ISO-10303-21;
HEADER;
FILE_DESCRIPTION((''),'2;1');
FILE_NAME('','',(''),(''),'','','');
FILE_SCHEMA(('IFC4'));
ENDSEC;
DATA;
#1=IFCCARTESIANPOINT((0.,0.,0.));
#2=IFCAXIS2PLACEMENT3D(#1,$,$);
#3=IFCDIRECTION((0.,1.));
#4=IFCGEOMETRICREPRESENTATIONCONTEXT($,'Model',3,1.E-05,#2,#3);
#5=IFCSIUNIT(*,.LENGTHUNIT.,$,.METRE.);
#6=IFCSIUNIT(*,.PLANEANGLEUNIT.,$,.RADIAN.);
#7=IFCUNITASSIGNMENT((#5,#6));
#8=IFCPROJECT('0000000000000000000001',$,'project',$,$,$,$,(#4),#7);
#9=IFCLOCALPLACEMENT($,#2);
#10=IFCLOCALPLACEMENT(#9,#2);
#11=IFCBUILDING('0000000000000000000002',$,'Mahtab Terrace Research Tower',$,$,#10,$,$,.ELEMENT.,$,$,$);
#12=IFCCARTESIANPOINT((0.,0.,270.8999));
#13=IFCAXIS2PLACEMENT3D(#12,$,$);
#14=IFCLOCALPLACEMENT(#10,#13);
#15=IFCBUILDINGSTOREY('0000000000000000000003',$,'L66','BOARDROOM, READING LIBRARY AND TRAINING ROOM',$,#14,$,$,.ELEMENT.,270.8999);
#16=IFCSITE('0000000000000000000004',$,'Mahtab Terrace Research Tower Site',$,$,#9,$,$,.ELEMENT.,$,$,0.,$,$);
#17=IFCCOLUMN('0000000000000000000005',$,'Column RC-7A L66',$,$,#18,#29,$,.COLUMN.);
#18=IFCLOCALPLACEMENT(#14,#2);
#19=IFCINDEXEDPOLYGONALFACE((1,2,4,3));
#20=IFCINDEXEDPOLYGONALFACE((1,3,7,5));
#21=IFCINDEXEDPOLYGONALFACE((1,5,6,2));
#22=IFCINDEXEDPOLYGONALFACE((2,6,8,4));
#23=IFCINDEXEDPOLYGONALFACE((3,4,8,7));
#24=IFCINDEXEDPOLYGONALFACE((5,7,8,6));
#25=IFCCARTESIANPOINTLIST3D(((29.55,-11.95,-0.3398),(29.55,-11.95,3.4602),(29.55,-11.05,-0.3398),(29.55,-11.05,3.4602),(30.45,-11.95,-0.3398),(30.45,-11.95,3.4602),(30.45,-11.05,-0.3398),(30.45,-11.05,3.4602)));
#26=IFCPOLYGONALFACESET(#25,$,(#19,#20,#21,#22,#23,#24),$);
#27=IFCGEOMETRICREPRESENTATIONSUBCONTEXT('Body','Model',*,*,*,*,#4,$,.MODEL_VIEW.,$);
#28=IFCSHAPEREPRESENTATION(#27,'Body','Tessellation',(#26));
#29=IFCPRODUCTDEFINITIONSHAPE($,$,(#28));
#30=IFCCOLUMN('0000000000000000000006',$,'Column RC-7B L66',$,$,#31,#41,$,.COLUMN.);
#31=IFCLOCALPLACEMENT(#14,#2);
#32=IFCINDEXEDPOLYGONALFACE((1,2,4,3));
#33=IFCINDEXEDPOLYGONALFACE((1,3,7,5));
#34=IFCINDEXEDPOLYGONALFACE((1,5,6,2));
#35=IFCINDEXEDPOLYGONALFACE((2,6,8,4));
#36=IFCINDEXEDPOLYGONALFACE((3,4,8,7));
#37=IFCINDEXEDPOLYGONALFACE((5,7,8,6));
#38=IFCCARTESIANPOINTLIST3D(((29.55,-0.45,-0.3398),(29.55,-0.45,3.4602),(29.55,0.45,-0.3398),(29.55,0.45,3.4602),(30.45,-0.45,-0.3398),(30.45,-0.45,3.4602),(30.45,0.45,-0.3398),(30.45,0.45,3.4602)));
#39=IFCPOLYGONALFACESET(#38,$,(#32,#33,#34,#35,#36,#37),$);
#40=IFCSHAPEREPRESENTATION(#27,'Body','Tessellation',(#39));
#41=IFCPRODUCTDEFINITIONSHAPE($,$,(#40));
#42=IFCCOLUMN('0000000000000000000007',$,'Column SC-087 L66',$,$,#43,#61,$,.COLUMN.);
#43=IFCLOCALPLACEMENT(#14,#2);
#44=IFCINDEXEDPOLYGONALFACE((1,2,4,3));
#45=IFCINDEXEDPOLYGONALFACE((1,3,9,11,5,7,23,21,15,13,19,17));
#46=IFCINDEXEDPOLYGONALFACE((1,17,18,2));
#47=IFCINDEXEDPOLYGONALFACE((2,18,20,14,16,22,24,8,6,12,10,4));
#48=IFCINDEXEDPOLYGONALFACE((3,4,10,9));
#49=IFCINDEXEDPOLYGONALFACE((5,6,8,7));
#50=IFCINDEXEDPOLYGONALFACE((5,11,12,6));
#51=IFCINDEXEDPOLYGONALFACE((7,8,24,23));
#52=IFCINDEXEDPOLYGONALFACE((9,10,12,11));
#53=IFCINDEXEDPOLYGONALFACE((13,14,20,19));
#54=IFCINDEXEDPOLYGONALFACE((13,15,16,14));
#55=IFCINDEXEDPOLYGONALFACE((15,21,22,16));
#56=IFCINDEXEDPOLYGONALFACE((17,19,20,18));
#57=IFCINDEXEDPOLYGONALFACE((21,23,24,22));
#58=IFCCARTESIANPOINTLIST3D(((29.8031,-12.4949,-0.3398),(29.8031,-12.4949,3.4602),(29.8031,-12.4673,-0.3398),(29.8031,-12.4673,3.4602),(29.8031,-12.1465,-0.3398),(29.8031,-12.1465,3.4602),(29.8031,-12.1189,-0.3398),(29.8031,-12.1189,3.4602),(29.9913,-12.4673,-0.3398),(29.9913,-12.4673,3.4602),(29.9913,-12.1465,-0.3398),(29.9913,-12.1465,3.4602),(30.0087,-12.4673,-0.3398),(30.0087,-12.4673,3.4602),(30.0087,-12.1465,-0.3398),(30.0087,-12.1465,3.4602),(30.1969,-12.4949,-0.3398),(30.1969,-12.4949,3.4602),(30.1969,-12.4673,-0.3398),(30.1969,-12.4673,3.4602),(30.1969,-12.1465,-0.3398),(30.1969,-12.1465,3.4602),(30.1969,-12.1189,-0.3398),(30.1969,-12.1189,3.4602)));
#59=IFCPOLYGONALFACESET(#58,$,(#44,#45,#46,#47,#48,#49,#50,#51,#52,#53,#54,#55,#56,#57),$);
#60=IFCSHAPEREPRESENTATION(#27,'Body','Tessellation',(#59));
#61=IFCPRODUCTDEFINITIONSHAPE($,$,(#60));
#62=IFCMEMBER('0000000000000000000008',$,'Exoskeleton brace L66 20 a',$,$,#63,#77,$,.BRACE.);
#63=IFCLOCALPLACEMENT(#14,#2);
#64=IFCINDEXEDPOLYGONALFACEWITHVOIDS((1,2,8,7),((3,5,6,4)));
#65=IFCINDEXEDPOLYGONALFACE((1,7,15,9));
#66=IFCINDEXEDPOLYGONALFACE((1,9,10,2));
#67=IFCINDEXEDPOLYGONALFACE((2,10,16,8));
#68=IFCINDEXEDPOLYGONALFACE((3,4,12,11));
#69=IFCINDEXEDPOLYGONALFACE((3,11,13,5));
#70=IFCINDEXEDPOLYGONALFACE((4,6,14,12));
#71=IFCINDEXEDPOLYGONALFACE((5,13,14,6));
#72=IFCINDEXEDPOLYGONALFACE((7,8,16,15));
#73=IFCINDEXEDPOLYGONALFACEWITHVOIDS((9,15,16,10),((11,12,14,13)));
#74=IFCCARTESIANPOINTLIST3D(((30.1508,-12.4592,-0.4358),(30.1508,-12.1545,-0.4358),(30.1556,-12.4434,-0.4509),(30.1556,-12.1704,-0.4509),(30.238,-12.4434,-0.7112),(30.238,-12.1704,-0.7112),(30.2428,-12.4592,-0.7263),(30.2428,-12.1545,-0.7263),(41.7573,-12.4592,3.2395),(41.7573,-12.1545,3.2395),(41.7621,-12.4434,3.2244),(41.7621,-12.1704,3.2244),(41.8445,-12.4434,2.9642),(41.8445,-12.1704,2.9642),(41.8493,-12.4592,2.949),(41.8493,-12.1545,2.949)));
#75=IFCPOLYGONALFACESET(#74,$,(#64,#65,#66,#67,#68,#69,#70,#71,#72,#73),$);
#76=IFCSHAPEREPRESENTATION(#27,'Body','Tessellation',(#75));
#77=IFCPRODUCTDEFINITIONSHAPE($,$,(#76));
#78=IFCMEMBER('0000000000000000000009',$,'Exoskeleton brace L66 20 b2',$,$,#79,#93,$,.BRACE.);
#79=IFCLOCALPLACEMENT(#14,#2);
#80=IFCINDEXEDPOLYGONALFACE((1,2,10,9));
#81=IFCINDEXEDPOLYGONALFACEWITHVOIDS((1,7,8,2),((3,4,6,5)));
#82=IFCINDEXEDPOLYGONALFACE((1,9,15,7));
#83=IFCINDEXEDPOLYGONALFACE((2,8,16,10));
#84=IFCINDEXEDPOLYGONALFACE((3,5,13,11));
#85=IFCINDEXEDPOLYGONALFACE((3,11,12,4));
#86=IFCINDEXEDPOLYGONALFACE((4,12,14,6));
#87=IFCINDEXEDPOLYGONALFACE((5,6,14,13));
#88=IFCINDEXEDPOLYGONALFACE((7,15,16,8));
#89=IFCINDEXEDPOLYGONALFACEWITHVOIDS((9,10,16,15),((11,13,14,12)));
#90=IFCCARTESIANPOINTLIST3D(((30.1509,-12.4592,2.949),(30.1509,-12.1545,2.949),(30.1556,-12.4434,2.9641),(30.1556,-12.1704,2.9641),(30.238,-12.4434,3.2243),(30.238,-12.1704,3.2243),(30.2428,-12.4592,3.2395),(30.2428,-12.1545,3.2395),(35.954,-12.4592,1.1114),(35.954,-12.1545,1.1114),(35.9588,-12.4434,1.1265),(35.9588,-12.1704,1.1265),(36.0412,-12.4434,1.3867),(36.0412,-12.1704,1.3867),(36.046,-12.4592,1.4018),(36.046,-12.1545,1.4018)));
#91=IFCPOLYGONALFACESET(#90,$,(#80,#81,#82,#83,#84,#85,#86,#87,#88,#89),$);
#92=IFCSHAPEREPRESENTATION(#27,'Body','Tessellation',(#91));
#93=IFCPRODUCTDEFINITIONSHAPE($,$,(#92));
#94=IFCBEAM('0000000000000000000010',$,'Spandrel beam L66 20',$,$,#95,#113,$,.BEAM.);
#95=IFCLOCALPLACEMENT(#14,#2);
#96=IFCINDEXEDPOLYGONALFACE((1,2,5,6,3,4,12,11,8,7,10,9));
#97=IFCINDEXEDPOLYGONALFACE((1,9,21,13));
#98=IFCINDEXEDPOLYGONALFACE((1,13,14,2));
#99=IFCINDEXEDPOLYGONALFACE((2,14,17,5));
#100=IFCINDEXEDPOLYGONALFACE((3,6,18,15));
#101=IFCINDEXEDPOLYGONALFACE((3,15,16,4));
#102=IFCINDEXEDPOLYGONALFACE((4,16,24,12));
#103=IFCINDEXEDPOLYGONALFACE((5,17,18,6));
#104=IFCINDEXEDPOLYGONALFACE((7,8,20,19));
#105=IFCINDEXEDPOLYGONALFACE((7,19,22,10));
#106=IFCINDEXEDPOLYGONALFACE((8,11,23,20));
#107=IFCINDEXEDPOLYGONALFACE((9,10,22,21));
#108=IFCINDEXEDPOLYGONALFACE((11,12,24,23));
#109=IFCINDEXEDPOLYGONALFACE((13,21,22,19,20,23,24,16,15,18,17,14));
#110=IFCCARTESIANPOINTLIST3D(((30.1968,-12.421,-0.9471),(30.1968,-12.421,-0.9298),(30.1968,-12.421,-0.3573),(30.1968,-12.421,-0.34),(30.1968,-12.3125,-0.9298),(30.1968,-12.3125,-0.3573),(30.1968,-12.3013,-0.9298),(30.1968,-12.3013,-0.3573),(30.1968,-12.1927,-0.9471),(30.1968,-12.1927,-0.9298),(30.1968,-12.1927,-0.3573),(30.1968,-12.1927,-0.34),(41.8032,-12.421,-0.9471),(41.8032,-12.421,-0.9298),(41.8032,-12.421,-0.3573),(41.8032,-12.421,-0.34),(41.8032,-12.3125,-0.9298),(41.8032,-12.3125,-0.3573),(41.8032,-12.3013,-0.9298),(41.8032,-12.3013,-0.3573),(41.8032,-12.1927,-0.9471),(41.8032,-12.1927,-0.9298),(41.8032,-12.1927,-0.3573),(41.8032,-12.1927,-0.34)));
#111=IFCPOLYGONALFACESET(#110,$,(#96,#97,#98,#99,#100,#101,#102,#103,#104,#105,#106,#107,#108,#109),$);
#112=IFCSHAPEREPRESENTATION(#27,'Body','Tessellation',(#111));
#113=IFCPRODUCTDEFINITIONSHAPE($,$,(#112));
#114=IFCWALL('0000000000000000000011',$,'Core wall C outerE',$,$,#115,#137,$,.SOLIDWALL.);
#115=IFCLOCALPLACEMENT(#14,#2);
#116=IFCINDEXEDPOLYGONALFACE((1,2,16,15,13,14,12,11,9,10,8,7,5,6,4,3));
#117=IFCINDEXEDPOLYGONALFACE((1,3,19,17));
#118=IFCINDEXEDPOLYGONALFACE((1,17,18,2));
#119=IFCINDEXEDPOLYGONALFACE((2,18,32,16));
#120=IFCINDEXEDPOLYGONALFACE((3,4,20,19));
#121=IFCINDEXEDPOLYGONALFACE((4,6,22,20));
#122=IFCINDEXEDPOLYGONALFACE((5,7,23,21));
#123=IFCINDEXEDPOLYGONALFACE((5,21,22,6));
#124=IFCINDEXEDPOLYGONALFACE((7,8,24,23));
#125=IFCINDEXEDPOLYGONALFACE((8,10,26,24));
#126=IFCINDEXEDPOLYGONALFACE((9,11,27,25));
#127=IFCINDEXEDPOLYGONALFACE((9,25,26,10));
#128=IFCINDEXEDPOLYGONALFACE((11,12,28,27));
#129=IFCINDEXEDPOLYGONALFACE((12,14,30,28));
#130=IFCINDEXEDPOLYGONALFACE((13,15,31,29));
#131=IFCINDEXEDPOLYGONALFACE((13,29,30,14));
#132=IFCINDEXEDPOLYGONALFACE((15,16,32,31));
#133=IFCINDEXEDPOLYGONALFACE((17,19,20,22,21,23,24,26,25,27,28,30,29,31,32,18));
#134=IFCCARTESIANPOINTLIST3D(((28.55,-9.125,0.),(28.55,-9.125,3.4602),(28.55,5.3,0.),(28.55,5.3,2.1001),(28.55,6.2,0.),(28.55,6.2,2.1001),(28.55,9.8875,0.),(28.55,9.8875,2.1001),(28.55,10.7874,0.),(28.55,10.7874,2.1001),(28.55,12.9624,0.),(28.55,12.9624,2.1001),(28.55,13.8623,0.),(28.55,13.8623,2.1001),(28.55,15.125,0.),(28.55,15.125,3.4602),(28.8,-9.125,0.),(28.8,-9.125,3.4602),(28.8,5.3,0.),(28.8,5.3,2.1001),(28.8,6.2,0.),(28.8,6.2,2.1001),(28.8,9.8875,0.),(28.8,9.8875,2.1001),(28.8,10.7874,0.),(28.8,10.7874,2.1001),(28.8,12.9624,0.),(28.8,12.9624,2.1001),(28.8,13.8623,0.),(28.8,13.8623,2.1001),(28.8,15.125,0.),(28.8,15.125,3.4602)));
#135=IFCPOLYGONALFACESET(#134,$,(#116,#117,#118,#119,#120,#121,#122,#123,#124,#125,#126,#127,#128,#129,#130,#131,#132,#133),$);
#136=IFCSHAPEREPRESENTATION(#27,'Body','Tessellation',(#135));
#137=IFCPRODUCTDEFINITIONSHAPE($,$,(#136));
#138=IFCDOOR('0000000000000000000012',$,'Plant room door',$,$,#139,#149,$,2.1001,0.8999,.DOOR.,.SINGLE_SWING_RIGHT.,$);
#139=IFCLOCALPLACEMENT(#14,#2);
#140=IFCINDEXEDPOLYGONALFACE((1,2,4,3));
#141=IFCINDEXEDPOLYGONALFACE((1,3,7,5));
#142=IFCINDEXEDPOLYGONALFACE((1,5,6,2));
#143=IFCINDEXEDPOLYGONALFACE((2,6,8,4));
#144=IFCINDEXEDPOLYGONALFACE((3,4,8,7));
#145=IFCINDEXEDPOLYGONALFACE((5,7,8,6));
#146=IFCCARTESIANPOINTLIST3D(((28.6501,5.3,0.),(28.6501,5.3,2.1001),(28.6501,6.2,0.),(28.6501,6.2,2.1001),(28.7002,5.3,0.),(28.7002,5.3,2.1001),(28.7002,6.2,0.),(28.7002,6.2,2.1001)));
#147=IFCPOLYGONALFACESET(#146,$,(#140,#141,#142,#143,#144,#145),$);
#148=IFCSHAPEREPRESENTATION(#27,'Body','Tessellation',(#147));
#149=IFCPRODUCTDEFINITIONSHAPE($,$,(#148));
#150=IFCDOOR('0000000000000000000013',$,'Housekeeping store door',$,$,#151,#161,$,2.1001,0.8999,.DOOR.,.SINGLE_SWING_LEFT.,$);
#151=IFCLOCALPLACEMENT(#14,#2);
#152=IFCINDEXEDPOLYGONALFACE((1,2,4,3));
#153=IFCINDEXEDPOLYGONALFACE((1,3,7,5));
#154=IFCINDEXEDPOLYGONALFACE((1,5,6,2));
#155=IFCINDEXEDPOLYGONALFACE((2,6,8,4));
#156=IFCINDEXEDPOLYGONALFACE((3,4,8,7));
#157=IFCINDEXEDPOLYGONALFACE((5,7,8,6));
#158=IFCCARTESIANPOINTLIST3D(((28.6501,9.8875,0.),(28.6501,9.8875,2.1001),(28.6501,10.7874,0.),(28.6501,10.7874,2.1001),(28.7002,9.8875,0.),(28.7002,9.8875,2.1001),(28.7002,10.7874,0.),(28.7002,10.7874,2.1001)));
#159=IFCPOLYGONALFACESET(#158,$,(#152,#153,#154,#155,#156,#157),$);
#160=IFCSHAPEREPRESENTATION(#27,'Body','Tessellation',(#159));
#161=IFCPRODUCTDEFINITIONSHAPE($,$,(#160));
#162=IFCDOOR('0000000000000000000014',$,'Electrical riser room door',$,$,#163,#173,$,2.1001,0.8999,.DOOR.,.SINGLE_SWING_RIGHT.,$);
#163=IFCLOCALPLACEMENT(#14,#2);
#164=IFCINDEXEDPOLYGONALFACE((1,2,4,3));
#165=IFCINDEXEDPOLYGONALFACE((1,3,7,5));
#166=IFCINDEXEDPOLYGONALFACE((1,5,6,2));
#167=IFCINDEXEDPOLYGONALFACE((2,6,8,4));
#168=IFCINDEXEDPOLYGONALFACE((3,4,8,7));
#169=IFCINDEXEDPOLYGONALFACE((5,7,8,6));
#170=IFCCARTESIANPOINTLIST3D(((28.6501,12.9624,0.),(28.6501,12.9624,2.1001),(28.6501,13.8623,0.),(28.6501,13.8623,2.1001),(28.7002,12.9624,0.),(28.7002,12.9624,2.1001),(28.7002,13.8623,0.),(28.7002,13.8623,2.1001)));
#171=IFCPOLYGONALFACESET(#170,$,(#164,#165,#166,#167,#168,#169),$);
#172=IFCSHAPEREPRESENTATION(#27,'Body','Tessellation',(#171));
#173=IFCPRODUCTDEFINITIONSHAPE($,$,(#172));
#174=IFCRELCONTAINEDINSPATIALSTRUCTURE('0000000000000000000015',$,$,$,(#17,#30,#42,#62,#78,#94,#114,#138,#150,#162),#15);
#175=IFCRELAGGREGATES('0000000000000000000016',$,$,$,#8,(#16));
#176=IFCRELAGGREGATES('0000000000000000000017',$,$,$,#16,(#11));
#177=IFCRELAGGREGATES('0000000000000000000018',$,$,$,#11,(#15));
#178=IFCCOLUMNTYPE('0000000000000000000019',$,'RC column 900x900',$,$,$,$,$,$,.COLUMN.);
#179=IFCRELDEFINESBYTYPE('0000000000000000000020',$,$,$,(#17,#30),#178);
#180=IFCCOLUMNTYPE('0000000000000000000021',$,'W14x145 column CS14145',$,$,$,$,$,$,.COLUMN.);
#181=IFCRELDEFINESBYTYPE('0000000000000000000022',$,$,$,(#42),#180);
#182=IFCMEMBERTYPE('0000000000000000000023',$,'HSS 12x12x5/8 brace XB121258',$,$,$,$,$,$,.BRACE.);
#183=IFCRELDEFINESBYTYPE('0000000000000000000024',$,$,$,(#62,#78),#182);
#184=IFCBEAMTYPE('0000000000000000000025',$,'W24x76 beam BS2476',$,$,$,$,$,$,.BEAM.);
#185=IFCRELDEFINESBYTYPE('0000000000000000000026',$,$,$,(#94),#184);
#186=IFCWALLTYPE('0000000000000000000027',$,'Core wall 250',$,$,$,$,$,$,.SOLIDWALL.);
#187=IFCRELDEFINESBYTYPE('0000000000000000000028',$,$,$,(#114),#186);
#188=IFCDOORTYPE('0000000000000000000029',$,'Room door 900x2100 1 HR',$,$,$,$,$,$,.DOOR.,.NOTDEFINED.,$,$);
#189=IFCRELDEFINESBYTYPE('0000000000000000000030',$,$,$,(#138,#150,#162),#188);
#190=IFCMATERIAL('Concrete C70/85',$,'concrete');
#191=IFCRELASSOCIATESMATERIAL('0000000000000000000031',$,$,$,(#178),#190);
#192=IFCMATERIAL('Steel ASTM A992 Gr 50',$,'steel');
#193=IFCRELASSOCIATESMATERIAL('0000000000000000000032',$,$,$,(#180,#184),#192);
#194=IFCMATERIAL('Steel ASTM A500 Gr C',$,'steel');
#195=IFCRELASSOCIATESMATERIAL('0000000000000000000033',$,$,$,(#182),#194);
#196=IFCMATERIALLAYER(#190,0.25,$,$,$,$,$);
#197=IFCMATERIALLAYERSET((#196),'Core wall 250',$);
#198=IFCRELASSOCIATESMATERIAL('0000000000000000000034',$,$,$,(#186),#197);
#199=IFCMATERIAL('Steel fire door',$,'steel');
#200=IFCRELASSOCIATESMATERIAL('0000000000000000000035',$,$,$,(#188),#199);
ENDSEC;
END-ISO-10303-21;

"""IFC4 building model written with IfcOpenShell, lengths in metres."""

from ifc_helpers import new_model, si_unit, direction, frame, frame_2d, origin, origin_2d, place, context, subcontext, project, spatial, rectangle, hollow_rectangle, i_section, extrude, material, layer, layer_set, material_profile, profile_set, type_object, element, fill, save


model = new_model("IFC4")

# Units and contexts
model_context = context("Model", 3, precision=1e-05, world=origin(), true_north=direction((0.0, 1.0)))
body_context = subcontext(model_context, "Body", "Model", "MODEL_VIEW")
ifc_project = project(units=[si_unit("LENGTHUNIT", "METRE"), si_unit("PLANEANGLEUNIT", "RADIAN")], contexts=[model_context])

# Site, building, storey
site_placement = place(None, origin())
site = spatial("IfcSite", under=ifc_project, at=site_placement, Name="Mahtab Terrace Research Tower Site", CompositionType="ELEMENT", RefElevation=0.0)
building_placement = place(site_placement, origin())
building = spatial("IfcBuilding", under=site, at=building_placement, Name="Mahtab Terrace Research Tower", CompositionType="ELEMENT")
storey_placement = place(building_placement, frame((0.0, 0.0, 270.8999)))
storey = spatial("IfcBuildingStorey", under=building, at=storey_placement, Name="L66", Description="BOARDROOM, READING LIBRARY AND TRAINING ROOM", CompositionType="ELEMENT", Elevation=270.8999)

# Columns
ifc_material_1 = material(Name="Concrete C70/85", Category="concrete")
ifc_material_profile_1 = material_profile(ifc_material_1, rectangle(XDim=0.8999, YDim=0.8999, at=origin_2d()), Name="RC column 900x900")
ifc_profile_set_1 = profile_set([ifc_material_profile_1], Name="Concrete C70/85")
column_type_1 = type_object("IfcColumnType", Name="RC column 900x900", PredefinedType="COLUMN", material=ifc_profile_set_1)
for number, where, z_axis, x_axis, name in (
    (1, (30.0, -11.5, -0.3398), (0.0, 0.0, 1.0), (1.0, 0.0, 0.0), "Column RC-7A L66"),
    (2, (30.0, 0.0, -0.3398), (0.0, 0.0, 1.0), (1.0, 0.0, 0.0), "Column RC-7B L66"),
):
    element("IfcColumn", number, at=place(storey_placement, frame(where, z_axis=z_axis, x_axis=x_axis)), inside=storey, type_object=column_type_1, Name=name, PredefinedType="COLUMN", context=body_context, shape_type="SweptSolid", body=[
        extrude(rectangle(XDim=0.8999, YDim=0.8999, at=origin_2d()), origin(), (0.0, 0.0, 1.0), 3.8),
    ])
ifc_material_2 = material(Name="Steel ASTM A992 Gr 50", Category="steel")
ifc_material_profile_2 = material_profile(ifc_material_2, i_section(OverallWidth=0.3938, OverallDepth=0.376, WebThickness=0.0173, FlangeThickness=0.0276, at=origin_2d()), Name="W14X145")
ifc_profile_set_2 = profile_set([ifc_material_profile_2], Name="Steel ASTM A992 Gr 50")
column_type_2 = type_object("IfcColumnType", Name="W14x145 column CS14145", PredefinedType="COLUMN", material=ifc_profile_set_2)
column_placement = place(storey_placement, frame((30.0, -12.3069, -0.3398), z_axis=(0.0, 0.0, 1.0), x_axis=(1.0, 0.0, 0.0)))
element("IfcColumn", 3, at=column_placement, inside=storey, type_object=column_type_2, Name="Column SC-087 L66", PredefinedType="COLUMN", context=body_context, shape_type="SweptSolid", body=[
    extrude(i_section(OverallWidth=0.3938, OverallDepth=0.376, WebThickness=0.0173, FlangeThickness=0.0276, at=origin_2d()), origin(), (0.0, 0.0, 1.0), 3.8),
])

# Members
ifc_material_3 = material(Name="Steel ASTM A500 Gr C", Category="steel")
ifc_material_profile_3 = material_profile(ifc_material_3, hollow_rectangle(XDim=0.3047, YDim=0.3047, WallThickness=0.0159, at=origin_2d()), Name="HSS12X12X5/8")
ifc_profile_set_3 = profile_set([ifc_material_profile_3], Name="Steel ASTM A500 Gr C")
member_type = type_object("IfcMemberType", Name="HSS 12x12x5/8 brace XB121258", PredefinedType="BRACE", material=ifc_profile_set_3)
member_1_placement = place(storey_placement, frame((30.1968, -12.3069, -0.5811), z_axis=(0.953344, 0.0, 0.301886), x_axis=(0.0, 1.0, 0.0)))
element("IfcMember", 4, at=member_1_placement, inside=storey, type_object=member_type, Name="Exoskeleton brace L66 20 a", PredefinedType="BRACE", context=body_context, shape_type="SweptSolid", body=[
    extrude(hollow_rectangle(XDim=0.3047, YDim=0.3047, WallThickness=0.0159, at=origin_2d()), origin(), (0.0, 0.0, 1.0), 12.1746),
])
member_2_placement = place(storey_placement, frame((36.0, -12.3069, 1.2566), z_axis=(-0.953344, 0.0, 0.301886), x_axis=(0.0, -1.0, 0.0)))
element("IfcMember", 5, at=member_2_placement, inside=storey, type_object=member_type, Name="Exoskeleton brace L66 20 b2", PredefinedType="BRACE", context=body_context, shape_type="SweptSolid", body=[
    extrude(hollow_rectangle(XDim=0.3047, YDim=0.3047, WallThickness=0.0159, at=origin_2d()), origin(), (0.0, 0.0, 1.0), 6.0872),
])

# Beam
ifc_material_profile_4 = material_profile(ifc_material_2, i_section(OverallWidth=0.2283, OverallDepth=0.6072, WebThickness=0.0112, FlangeThickness=0.0173, at=origin_2d()), Name="W24X76")
ifc_profile_set_4 = profile_set([ifc_material_profile_4], Name="Steel ASTM A992 Gr 50")
beam_type = type_object("IfcBeamType", Name="W24x76 beam BS2476", PredefinedType="BEAM", material=ifc_profile_set_4)
beam_placement = place(storey_placement, frame((30.1968, -12.3069, -0.6436), z_axis=(1.0, 0.0, 0.0), x_axis=(0.0, 1.0, 0.0)))
element("IfcBeam", 6, at=beam_placement, inside=storey, type_object=beam_type, Name="Spandrel beam L66 20", PredefinedType="BEAM", context=body_context, shape_type="SweptSolid", body=[
    extrude(i_section(OverallWidth=0.2283, OverallDepth=0.6072, WebThickness=0.0112, FlangeThickness=0.0173, at=origin_2d()), origin(), (0.0, 0.0, 1.0), 11.6064),
])

# Wall, openings, doors
ifc_layer_1 = layer(ifc_material_1, 0.25)
ifc_layer_set_1 = layer_set([ifc_layer_1], Name="Core wall 250")
wall_type_1 = type_object("IfcWallType", Name="Core wall 250", PredefinedType="SOLIDWALL", material=ifc_layer_set_1)
wall_1_placement = place(storey_placement, frame((28.675, -9.125, 0.0), z_axis=(0.0, 0.0, 1.0), x_axis=(0.0, 1.0, 0.0)))
wall_1 = element("IfcWall", 7, at=wall_1_placement, inside=storey, type_object=wall_type_1, Name="Core wall C outerE", PredefinedType="SOLIDWALL", context=body_context, shape_type="SweptSolid", body=[
    extrude(rectangle(XDim=24.25, YDim=0.25, at=frame_2d((12.125, 0.0))), origin(), (0.0, 0.0, 1.0), 3.4602),
])
opening_1_placement = place(wall_1_placement, frame((14.425, 0.0, 0.0)))
opening_1 = element("IfcOpeningElement", 8, at=opening_1_placement, cuts=wall_1, PredefinedType="OPENING", context=body_context, shape_type="SweptSolid", body=[
    extrude(rectangle(XDim=0.8999, YDim=2.1001, at=frame_2d((0.45, 1.05))), frame((0.0, 0.135, 0.0), z_axis=(0.0, -1.0, 0.0), x_axis=(1.0, 0.0, 0.0)), (0.0, 0.0, 1.0), 0.27),
])
opening_2_placement = place(wall_1_placement, frame((19.0125, 0.0, 0.0)))
opening_2 = element("IfcOpeningElement", 9, at=opening_2_placement, cuts=wall_1, PredefinedType="OPENING", context=body_context, shape_type="SweptSolid", body=[
    extrude(rectangle(XDim=0.8999, YDim=2.1001, at=frame_2d((0.45, 1.05))), frame((0.0, 0.135, 0.0), z_axis=(0.0, -1.0, 0.0), x_axis=(1.0, 0.0, 0.0)), (0.0, 0.0, 1.0), 0.27),
])
opening_3_placement = place(wall_1_placement, frame((22.0874, 0.0, 0.0)))
opening_3 = element("IfcOpeningElement", 10, at=opening_3_placement, cuts=wall_1, PredefinedType="OPENING", context=body_context, shape_type="SweptSolid", body=[
    extrude(rectangle(XDim=0.8999, YDim=2.1001, at=frame_2d((0.45, 1.05))), frame((0.0, 0.135, 0.0), z_axis=(0.0, -1.0, 0.0), x_axis=(1.0, 0.0, 0.0)), (0.0, 0.0, 1.0), 0.27),
])
ifc_material_4 = material(Name="Steel fire door", Category="steel")
door_type_1 = type_object("IfcDoorType", Name="Room door 900x2100 1 HR", OperationType="NOTDEFINED", PredefinedType="DOOR", material=ifc_material_4)
door_1_placement = place(opening_1_placement, origin())
door_1 = element("IfcDoor", 11, at=door_1_placement, inside=storey, type_object=door_type_1, Name="Plant room door", OperationType="SINGLE_SWING_RIGHT", OverallHeight=2.1001, OverallWidth=0.8999, PredefinedType="DOOR", context=body_context, shape_type="SweptSolid", body=[
    extrude(rectangle(XDim=0.8999, YDim=2.1001, at=frame_2d((0.45, 1.05))), frame((0.0, 0.0249, 0.0), z_axis=(0.0, -1.0, 0.0), x_axis=(1.0, 0.0, 0.0)), (0.0, 0.0, 1.0), 0.05),
])
fill(opening_1, door_1)
door_2_placement = place(opening_2_placement, origin())
door_2 = element("IfcDoor", 12, at=door_2_placement, inside=storey, type_object=door_type_1, Name="Housekeeping store door", OperationType="SINGLE_SWING_LEFT", OverallHeight=2.1001, OverallWidth=0.8999, PredefinedType="DOOR", context=body_context, shape_type="SweptSolid", body=[
    extrude(rectangle(XDim=0.8999, YDim=2.1001, at=frame_2d((0.45, 1.05))), frame((0.0, 0.0249, 0.0), z_axis=(0.0, -1.0, 0.0), x_axis=(1.0, 0.0, 0.0)), (0.0, 0.0, 1.0), 0.05),
])
fill(opening_2, door_2)
door_3_placement = place(opening_3_placement, origin())
door_3 = element("IfcDoor", 13, at=door_3_placement, inside=storey, type_object=door_type_1, Name="Electrical riser room door", OperationType="SINGLE_SWING_RIGHT", OverallHeight=2.1001, OverallWidth=0.8999, PredefinedType="DOOR", context=body_context, shape_type="SweptSolid", body=[
    extrude(rectangle(XDim=0.8999, YDim=2.1001, at=frame_2d((0.45, 1.05))), frame((0.0, 0.0249, 0.0), z_axis=(0.0, -1.0, 0.0), x_axis=(1.0, 0.0, 0.0)), (0.0, 0.0, 1.0), 0.05),
])
fill(opening_3, door_3)

save(model, "model.ifc")
